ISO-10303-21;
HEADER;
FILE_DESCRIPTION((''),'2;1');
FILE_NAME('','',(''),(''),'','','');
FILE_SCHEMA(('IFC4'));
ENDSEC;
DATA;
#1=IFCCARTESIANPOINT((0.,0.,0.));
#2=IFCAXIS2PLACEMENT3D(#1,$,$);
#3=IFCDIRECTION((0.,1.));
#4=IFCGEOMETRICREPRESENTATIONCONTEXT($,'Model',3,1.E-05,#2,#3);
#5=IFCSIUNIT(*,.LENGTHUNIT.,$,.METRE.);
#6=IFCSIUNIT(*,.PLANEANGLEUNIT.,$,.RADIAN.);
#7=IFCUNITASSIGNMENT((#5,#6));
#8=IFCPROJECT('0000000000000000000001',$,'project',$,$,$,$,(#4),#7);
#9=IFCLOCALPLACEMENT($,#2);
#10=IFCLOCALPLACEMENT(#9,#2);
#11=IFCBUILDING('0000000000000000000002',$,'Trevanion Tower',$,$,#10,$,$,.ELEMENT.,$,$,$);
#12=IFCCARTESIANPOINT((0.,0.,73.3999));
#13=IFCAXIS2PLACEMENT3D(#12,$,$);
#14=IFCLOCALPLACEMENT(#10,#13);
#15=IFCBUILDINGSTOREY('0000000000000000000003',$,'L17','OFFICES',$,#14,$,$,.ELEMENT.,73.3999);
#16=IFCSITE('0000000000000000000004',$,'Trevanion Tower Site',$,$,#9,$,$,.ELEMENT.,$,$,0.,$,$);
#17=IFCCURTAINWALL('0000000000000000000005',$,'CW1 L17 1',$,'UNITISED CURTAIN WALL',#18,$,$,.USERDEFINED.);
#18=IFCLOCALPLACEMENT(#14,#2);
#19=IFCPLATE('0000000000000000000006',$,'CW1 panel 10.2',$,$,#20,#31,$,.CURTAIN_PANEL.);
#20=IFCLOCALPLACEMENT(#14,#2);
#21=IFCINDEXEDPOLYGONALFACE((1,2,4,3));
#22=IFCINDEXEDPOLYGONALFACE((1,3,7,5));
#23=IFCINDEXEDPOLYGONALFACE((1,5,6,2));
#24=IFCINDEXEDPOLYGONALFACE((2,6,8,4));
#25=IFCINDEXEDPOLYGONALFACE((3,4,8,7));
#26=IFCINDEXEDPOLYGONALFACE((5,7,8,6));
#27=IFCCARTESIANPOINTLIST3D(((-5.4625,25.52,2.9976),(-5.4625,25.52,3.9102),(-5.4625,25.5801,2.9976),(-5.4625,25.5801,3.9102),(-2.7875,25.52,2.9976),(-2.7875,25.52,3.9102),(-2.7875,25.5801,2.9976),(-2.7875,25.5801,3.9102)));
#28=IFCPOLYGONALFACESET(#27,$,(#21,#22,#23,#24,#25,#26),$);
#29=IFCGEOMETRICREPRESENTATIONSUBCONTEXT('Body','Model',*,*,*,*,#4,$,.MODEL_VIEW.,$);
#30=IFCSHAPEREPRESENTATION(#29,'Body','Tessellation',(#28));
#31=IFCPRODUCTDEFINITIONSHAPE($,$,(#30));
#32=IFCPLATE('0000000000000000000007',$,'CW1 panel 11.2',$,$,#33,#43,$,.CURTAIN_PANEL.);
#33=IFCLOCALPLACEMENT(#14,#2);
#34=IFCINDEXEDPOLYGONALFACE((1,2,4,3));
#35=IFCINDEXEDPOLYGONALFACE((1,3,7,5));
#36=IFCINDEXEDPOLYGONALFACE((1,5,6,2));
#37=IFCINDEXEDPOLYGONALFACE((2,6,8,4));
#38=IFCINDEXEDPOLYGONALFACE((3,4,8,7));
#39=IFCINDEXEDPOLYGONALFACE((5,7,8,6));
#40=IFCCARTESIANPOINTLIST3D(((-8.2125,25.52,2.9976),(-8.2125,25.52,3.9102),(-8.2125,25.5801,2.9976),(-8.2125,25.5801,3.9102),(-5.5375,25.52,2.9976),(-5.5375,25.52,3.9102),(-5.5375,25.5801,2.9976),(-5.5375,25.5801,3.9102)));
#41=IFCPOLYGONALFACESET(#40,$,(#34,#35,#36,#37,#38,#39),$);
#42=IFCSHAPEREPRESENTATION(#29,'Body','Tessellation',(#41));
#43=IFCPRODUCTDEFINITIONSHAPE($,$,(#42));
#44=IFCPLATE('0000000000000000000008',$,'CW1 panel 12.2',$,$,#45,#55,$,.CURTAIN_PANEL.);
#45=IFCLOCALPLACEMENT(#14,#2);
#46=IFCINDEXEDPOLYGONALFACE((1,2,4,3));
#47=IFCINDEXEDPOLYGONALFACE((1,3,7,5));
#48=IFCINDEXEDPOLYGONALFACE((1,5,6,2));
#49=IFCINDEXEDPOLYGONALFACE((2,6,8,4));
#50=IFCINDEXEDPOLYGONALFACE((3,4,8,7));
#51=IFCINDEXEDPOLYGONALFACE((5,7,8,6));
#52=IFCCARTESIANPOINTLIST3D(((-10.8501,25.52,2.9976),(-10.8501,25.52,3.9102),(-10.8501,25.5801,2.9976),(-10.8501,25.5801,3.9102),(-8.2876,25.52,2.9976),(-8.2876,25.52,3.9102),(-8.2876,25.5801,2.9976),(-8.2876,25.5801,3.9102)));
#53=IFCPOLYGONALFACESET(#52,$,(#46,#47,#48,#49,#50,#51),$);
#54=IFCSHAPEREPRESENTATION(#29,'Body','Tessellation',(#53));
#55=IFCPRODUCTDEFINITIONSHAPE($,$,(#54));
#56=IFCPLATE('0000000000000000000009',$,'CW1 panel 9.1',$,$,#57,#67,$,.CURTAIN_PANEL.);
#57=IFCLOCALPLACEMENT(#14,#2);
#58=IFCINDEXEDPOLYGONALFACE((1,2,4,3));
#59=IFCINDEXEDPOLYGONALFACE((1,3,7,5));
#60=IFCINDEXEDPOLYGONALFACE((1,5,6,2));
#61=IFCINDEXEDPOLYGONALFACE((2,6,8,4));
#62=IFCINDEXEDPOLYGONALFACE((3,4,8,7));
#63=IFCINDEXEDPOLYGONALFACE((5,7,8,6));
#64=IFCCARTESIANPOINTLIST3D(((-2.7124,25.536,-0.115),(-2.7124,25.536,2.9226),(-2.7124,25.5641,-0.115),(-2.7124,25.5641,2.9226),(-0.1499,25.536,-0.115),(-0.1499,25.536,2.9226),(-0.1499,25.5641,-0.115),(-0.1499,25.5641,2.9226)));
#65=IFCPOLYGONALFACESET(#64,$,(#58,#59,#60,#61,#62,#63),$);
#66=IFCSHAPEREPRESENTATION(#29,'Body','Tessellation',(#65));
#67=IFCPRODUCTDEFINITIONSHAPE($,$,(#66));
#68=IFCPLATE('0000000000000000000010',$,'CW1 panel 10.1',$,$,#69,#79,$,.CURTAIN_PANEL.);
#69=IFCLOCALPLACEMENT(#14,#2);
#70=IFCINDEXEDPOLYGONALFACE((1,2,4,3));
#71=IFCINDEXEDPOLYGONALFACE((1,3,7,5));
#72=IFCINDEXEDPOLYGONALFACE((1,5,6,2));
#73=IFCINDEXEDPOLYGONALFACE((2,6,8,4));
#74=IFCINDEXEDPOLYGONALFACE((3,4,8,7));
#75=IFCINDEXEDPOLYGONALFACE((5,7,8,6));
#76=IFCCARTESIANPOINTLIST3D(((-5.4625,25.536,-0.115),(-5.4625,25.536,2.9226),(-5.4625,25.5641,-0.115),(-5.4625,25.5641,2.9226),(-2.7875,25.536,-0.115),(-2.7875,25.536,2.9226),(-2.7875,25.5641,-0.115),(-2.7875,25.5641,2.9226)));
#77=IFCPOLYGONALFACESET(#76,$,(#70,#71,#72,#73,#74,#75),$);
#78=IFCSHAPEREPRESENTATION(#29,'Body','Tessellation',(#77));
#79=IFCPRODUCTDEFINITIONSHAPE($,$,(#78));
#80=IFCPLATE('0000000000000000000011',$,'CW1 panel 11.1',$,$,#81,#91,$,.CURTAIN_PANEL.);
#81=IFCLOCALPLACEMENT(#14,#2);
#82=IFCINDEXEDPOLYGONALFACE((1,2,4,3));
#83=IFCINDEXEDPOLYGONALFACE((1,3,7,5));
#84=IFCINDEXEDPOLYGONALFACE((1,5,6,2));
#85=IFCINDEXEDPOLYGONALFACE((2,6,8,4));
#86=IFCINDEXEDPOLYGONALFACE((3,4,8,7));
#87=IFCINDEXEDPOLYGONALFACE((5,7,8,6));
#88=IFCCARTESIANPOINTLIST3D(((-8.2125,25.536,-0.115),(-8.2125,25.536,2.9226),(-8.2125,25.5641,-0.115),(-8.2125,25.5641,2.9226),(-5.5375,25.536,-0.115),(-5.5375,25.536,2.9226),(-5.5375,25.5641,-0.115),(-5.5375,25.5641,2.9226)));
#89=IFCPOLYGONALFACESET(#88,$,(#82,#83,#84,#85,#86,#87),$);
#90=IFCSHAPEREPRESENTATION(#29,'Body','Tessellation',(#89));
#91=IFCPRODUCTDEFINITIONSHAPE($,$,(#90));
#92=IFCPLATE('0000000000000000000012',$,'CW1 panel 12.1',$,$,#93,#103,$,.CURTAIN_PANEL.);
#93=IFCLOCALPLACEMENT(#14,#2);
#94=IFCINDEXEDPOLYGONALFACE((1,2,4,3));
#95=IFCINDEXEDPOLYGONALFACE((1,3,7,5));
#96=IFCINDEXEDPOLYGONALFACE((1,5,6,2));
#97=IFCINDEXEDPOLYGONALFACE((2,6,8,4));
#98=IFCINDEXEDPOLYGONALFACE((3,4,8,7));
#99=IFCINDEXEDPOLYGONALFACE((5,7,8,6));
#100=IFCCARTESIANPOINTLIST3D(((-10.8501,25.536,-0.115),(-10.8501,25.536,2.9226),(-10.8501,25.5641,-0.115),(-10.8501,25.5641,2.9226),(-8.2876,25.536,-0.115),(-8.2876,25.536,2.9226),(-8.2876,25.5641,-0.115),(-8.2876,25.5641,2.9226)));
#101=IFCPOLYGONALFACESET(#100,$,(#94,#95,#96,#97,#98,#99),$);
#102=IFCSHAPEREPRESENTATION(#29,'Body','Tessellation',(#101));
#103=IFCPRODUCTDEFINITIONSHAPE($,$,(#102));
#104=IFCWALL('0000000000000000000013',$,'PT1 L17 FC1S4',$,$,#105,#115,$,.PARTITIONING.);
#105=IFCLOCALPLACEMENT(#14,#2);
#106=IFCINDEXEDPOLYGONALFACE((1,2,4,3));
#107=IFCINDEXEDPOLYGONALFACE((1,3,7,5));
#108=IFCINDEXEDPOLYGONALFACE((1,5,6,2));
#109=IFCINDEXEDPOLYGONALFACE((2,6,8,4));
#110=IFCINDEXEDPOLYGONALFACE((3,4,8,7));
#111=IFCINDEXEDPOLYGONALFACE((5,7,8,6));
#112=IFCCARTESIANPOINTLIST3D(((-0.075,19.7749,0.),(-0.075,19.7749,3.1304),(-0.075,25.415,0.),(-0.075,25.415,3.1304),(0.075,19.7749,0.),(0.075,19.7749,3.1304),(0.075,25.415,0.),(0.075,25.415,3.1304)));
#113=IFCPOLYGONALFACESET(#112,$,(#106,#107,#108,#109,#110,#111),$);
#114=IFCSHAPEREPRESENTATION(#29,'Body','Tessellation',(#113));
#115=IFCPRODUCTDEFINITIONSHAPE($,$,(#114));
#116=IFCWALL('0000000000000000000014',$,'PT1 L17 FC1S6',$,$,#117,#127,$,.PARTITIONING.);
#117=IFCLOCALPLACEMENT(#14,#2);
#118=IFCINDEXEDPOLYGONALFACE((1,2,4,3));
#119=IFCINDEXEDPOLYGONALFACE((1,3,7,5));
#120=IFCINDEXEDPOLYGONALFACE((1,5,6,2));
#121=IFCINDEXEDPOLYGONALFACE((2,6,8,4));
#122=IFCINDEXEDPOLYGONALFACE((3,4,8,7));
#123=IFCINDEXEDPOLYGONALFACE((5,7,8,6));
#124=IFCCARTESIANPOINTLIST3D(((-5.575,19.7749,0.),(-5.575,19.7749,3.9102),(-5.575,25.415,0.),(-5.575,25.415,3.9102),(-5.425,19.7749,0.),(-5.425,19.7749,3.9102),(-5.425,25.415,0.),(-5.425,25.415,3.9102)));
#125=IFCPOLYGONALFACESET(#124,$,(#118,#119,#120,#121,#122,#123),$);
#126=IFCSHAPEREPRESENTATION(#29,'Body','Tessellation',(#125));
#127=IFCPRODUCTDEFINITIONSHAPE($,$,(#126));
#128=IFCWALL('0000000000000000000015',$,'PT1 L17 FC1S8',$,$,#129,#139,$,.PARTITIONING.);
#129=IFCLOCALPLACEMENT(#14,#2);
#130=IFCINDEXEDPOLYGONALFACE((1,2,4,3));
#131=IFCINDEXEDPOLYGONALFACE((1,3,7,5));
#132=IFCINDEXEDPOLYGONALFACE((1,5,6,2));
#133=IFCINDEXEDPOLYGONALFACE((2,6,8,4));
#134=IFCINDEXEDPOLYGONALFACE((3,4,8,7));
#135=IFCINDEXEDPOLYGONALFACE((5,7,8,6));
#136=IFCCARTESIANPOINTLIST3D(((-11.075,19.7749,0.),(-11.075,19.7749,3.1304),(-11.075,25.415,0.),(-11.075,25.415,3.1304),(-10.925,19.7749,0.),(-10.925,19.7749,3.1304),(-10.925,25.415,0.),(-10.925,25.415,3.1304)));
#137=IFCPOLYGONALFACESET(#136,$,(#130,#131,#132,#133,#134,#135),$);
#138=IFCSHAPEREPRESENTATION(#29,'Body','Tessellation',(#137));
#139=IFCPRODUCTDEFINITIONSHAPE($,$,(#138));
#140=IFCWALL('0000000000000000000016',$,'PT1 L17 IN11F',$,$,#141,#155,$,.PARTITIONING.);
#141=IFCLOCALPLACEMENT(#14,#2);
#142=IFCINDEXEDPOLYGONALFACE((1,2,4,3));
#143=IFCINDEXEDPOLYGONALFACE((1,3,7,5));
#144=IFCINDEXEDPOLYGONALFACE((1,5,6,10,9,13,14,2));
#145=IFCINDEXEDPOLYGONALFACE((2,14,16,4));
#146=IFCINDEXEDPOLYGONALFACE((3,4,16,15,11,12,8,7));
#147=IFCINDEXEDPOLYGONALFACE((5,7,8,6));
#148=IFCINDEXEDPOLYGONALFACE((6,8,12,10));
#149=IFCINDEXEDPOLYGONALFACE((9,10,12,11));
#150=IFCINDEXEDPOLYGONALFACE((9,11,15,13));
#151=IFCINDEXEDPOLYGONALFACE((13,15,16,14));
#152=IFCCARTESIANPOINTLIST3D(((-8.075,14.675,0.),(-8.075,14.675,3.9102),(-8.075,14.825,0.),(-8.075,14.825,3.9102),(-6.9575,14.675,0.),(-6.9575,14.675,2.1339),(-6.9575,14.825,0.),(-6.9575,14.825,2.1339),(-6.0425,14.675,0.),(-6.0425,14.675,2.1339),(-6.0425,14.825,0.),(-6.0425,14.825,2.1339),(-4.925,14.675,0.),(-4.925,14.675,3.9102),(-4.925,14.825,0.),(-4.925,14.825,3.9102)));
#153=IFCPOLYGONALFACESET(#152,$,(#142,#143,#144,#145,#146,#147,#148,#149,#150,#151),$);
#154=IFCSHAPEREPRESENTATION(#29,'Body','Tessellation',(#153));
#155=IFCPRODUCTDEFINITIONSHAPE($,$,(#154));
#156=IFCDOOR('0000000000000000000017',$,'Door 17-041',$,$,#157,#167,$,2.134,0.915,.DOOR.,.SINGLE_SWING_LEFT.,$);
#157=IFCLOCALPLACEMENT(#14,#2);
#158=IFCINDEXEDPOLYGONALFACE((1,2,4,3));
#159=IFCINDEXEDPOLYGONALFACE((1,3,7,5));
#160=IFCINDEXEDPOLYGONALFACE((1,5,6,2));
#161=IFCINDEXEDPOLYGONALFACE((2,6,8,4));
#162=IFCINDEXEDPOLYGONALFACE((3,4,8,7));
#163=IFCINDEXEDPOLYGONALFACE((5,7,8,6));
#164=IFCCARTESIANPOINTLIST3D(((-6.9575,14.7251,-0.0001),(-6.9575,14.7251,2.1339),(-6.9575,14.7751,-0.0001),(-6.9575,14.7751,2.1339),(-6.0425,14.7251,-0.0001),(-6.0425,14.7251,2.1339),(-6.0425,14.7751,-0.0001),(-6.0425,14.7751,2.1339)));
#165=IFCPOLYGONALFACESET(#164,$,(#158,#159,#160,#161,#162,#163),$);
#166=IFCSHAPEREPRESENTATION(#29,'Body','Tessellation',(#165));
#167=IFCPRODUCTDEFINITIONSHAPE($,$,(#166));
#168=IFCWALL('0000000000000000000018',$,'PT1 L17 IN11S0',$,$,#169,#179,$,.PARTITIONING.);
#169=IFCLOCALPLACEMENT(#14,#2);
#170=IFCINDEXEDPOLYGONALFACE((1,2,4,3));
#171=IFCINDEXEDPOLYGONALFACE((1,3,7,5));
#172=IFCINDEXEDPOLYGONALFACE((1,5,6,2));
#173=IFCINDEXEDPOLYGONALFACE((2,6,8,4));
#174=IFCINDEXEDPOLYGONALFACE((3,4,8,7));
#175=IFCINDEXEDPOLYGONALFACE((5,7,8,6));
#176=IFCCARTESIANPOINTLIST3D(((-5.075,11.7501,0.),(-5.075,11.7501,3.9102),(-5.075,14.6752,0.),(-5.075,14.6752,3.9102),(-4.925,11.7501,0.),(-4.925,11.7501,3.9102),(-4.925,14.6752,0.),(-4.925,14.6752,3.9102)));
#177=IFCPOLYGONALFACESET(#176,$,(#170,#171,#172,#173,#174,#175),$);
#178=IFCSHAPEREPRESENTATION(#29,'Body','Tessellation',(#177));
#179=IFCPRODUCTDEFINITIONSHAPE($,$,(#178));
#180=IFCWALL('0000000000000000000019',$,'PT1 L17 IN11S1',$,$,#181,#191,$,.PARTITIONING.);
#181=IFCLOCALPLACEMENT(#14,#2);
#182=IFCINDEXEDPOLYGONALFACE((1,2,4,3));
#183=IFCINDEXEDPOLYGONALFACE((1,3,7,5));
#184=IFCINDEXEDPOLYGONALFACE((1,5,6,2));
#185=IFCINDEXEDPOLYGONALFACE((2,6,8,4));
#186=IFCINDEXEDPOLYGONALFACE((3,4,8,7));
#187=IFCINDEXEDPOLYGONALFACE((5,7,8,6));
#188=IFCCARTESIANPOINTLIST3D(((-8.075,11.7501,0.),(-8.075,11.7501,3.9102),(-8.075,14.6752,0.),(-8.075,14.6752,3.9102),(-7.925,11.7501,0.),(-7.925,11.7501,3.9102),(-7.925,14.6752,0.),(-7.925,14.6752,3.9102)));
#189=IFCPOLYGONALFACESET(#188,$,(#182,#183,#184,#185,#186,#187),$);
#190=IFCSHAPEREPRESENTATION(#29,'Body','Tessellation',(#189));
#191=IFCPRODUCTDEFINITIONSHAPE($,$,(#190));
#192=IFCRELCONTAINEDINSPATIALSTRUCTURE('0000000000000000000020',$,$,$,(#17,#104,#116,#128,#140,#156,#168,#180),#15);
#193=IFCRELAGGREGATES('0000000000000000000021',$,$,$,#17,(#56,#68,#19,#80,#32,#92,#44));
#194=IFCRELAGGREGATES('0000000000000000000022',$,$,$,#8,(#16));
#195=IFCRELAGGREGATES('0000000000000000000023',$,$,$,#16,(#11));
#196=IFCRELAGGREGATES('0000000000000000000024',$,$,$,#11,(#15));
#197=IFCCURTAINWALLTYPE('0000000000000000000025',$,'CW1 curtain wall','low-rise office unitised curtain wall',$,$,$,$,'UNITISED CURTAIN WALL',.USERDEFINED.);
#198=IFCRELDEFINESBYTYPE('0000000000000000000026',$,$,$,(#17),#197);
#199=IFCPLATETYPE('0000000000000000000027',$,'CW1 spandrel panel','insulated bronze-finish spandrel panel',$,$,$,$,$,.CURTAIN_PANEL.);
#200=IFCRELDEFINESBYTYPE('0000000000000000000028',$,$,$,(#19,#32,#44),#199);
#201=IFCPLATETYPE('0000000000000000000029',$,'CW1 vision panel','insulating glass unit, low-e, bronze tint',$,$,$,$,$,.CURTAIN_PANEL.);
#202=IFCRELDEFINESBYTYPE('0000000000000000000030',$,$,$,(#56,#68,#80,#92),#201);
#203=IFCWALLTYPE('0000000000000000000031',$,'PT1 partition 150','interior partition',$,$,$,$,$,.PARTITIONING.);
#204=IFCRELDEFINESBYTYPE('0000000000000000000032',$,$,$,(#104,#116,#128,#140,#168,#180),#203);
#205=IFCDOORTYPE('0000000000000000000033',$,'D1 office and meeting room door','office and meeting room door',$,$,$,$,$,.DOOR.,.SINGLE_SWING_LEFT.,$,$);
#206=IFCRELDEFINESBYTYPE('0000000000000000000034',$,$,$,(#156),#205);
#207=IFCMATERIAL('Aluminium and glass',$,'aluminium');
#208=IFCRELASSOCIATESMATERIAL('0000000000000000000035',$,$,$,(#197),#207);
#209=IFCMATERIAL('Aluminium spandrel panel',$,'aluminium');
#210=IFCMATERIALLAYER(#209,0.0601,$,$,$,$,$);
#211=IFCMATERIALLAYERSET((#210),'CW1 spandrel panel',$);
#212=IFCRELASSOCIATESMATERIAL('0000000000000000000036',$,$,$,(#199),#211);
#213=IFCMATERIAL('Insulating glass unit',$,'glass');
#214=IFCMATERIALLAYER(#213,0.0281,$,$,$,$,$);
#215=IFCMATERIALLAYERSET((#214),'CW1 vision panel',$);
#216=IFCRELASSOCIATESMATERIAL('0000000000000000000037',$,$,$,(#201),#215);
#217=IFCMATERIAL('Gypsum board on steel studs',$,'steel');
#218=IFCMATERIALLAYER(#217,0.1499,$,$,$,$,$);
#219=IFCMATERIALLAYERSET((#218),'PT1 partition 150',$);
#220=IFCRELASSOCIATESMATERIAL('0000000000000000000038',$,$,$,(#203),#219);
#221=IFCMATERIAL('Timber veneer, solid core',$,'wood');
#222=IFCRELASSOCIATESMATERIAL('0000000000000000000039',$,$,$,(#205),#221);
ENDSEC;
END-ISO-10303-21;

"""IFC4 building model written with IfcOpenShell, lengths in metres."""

from ifc_helpers import new_model, si_unit, direction, frame, frame_2d, origin, origin_2d, place, context, subcontext, project, spatial, rectangle, extrude, material, layer, layer_set, type_object, element, fill, aggregate, save


model = new_model("IFC4")

# Units and contexts
model_context = context("Model", 3, precision=1e-05, world=origin(), true_north=direction((0.0, 1.0)))
body_context = subcontext(model_context, "Body", "Model", "MODEL_VIEW")
ifc_project = project(units=[si_unit("LENGTHUNIT", "METRE"), si_unit("PLANEANGLEUNIT", "RADIAN")], contexts=[model_context])

# Site, building, storey
site_placement = place(None, origin())
site = spatial("IfcSite", under=ifc_project, at=site_placement, Name="Trevanion Tower Site", CompositionType="ELEMENT", RefElevation=0.0)
building_placement = place(site_placement, origin())
building = spatial("IfcBuilding", under=site, at=building_placement, Name="Trevanion Tower", CompositionType="ELEMENT")
storey_placement = place(building_placement, frame((0.0, 0.0, 73.3999)))
storey = spatial("IfcBuildingStorey", under=building, at=storey_placement, Name="L17", Description="OFFICES", CompositionType="ELEMENT", Elevation=73.3999)

# Curtain wall
ifc_material_1 = material(Name="Aluminium and glass", Category="aluminium")
curtain_wall_type = type_object("IfcCurtainWallType", Name="CW1 curtain wall", Description="low-rise office unitised curtain wall", ElementType="UNITISED CURTAIN WALL", PredefinedType="USERDEFINED", material=ifc_material_1)
curtain_wall_placement = place(storey_placement, origin())
curtain_wall = element("IfcCurtainWall", 1, at=curtain_wall_placement, inside=storey, type_object=curtain_wall_type, Name="CW1 L17 1", ObjectType="UNITISED CURTAIN WALL", PredefinedType="USERDEFINED")

# Plates
ifc_material_2 = material(Name="Aluminium spandrel panel", Category="aluminium")
ifc_layer_1 = layer(ifc_material_2, 0.0601)
ifc_layer_set_1 = layer_set([ifc_layer_1], Name="CW1 spandrel panel")
plate_type_1 = type_object("IfcPlateType", Name="CW1 spandrel panel", Description="insulated bronze-finish spandrel panel", PredefinedType="CURTAIN_PANEL", material=ifc_layer_set_1)
plate_1_placement = place(storey_placement, frame((-4.125, 25.55, 2.9976), z_axis=(0.0, 0.0, 1.0), x_axis=(-1.0, 0.0, 0.0)))
plate_1 = element("IfcPlate", 2, at=plate_1_placement, type_object=plate_type_1, Name="CW1 panel 10.2", PredefinedType="CURTAIN_PANEL", context=body_context, shape_type="SweptSolid", body=[
    extrude(rectangle(XDim=2.675, YDim=0.0601, at=origin_2d()), origin(), (0.0, 0.0, 1.0), 0.9126),
])
plate_2_placement = place(storey_placement, frame((-6.875, 25.55, 2.9976), z_axis=(0.0, 0.0, 1.0), x_axis=(-1.0, 0.0, 0.0)))
plate_2 = element("IfcPlate", 3, at=plate_2_placement, type_object=plate_type_1, Name="CW1 panel 11.2", PredefinedType="CURTAIN_PANEL", context=body_context, shape_type="SweptSolid", body=[
    extrude(rectangle(XDim=2.675, YDim=0.0601, at=origin_2d()), origin(), (0.0, 0.0, 1.0), 0.9126),
])
plate_3_placement = place(storey_placement, frame((-9.5688, 25.55, 2.9976), z_axis=(0.0, 0.0, 1.0), x_axis=(-1.0, 0.0, 0.0)))
plate_3 = element("IfcPlate", 4, at=plate_3_placement, type_object=plate_type_1, Name="CW1 panel 12.2", PredefinedType="CURTAIN_PANEL", context=body_context, shape_type="SweptSolid", body=[
    extrude(rectangle(XDim=2.5625, YDim=0.0601, at=origin_2d()), origin(), (0.0, 0.0, 1.0), 0.9126),
])
ifc_material_3 = material(Name="Insulating glass unit", Category="glass")
ifc_layer_2 = layer(ifc_material_3, 0.0281)
ifc_layer_set_2 = layer_set([ifc_layer_2], Name="CW1 vision panel")
plate_type_2 = type_object("IfcPlateType", Name="CW1 vision panel", Description="insulating glass unit, low-e, bronze tint", PredefinedType="CURTAIN_PANEL", material=ifc_layer_set_2)
plate_4_placement = place(storey_placement, frame((-1.4312, 25.55, -0.115), z_axis=(0.0, 0.0, 1.0), x_axis=(-1.0, 0.0, 0.0)))
plate_4 = element("IfcPlate", 5, at=plate_4_placement, type_object=plate_type_2, Name="CW1 panel 9.1", PredefinedType="CURTAIN_PANEL", context=body_context, shape_type="SweptSolid", body=[
    extrude(rectangle(XDim=2.5625, YDim=0.0281, at=origin_2d()), origin(), (0.0, 0.0, 1.0), 3.0376),
])
plate_5_placement = place(storey_placement, frame((-4.125, 25.55, -0.115), z_axis=(0.0, 0.0, 1.0), x_axis=(-1.0, 0.0, 0.0)))
plate_5 = element("IfcPlate", 6, at=plate_5_placement, type_object=plate_type_2, Name="CW1 panel 10.1", PredefinedType="CURTAIN_PANEL", context=body_context, shape_type="SweptSolid", body=[
    extrude(rectangle(XDim=2.675, YDim=0.0281, at=origin_2d()), origin(), (0.0, 0.0, 1.0), 3.0376),
])
plate_6_placement = place(storey_placement, frame((-6.875, 25.55, -0.115), z_axis=(0.0, 0.0, 1.0), x_axis=(-1.0, 0.0, 0.0)))
plate_6 = element("IfcPlate", 7, at=plate_6_placement, type_object=plate_type_2, Name="CW1 panel 11.1", PredefinedType="CURTAIN_PANEL", context=body_context, shape_type="SweptSolid", body=[
    extrude(rectangle(XDim=2.675, YDim=0.0281, at=origin_2d()), origin(), (0.0, 0.0, 1.0), 3.0376),
])
plate_7_placement = place(storey_placement, frame((-9.5688, 25.55, -0.115), z_axis=(0.0, 0.0, 1.0), x_axis=(-1.0, 0.0, 0.0)))
plate_7 = element("IfcPlate", 8, at=plate_7_placement, type_object=plate_type_2, Name="CW1 panel 12.1", PredefinedType="CURTAIN_PANEL", context=body_context, shape_type="SweptSolid", body=[
    extrude(rectangle(XDim=2.5625, YDim=0.0281, at=origin_2d()), origin(), (0.0, 0.0, 1.0), 3.0376),
])
aggregate(curtain_wall, [plate_4, plate_5, plate_1, plate_6, plate_2, plate_7, plate_3])

# Walls
ifc_material_4 = material(Name="Gypsum board on steel studs", Category="steel")
ifc_layer_3 = layer(ifc_material_4, 0.1499)
ifc_layer_set_3 = layer_set([ifc_layer_3], Name="PT1 partition 150")
wall_type = type_object("IfcWallType", Name="PT1 partition 150", Description="interior partition", PredefinedType="PARTITIONING", material=ifc_layer_set_3)
wall_1_placement = place(storey_placement, frame((0.0, 19.7749, 0.0), z_axis=(0.0, 0.0, 1.0), x_axis=(0.0, 1.0, 0.0)))
element("IfcWall", 9, at=wall_1_placement, inside=storey, type_object=wall_type, Name="PT1 L17 FC1S4", PredefinedType="PARTITIONING", context=body_context, shape_type="SweptSolid", body=[
    extrude(rectangle(XDim=5.6401, YDim=0.1499, at=frame_2d((2.8201, 0.0))), origin(), (0.0, 0.0, 1.0), 3.1304),
])
wall_2_placement = place(storey_placement, frame((-5.5, 19.7749, 0.0), z_axis=(0.0, 0.0, 1.0), x_axis=(0.0, 1.0, 0.0)))
element("IfcWall", 10, at=wall_2_placement, inside=storey, type_object=wall_type, Name="PT1 L17 FC1S6", PredefinedType="PARTITIONING", context=body_context, shape_type="SweptSolid", body=[
    extrude(rectangle(XDim=5.6401, YDim=0.1499, at=frame_2d((2.8201, 0.0))), origin(), (0.0, 0.0, 1.0), 3.9102),
])
wall_3_placement = place(storey_placement, frame((-11.0, 19.7749, 0.0), z_axis=(0.0, 0.0, 1.0), x_axis=(0.0, 1.0, 0.0)))
element("IfcWall", 11, at=wall_3_placement, inside=storey, type_object=wall_type, Name="PT1 L17 FC1S8", PredefinedType="PARTITIONING", context=body_context, shape_type="SweptSolid", body=[
    extrude(rectangle(XDim=5.6401, YDim=0.1499, at=frame_2d((2.8201, 0.0))), origin(), (0.0, 0.0, 1.0), 3.1304),
])

# Wall, opening, door
wall_4_placement = place(storey_placement, frame((-4.925, 14.75, 0.0), z_axis=(0.0, 0.0, 1.0), x_axis=(-1.0, 0.0, 0.0)))
wall_4 = element("IfcWall", 12, at=wall_4_placement, inside=storey, type_object=wall_type, Name="PT1 L17 IN11F", PredefinedType="PARTITIONING", context=body_context, shape_type="SweptSolid", body=[
    extrude(rectangle(XDim=3.1499, YDim=0.1499, at=frame_2d((1.575, 0.0))), origin(), (0.0, 0.0, 1.0), 3.9102),
])
opening_placement = place(wall_4_placement, frame((1.1174, 0.0, 0.0)))
opening = element("IfcOpeningElement", 13, at=opening_placement, cuts=wall_4, PredefinedType="OPENING", context=body_context, shape_type="SweptSolid", body=[
    extrude(rectangle(XDim=0.915, YDim=2.134, at=frame_2d((0.4575, 1.0669))), frame((0.0, 0.085, 0.0), z_axis=(0.0, -1.0, 0.0), x_axis=(1.0, 0.0, 0.0)), (0.0, 0.0, 1.0), 0.1699),
])
ifc_material_5 = material(Name="Timber veneer, solid core", Category="wood")
door_type = type_object("IfcDoorType", Name="D1 office and meeting room door", Description="office and meeting room door", OperationType="SINGLE_SWING_LEFT", PredefinedType="DOOR", material=ifc_material_5)
door_placement = place(opening_placement, origin())
door = element("IfcDoor", 14, at=door_placement, inside=storey, type_object=door_type, Name="Door 17-041", OperationType="SINGLE_SWING_LEFT", OverallHeight=2.134, OverallWidth=0.915, PredefinedType="DOOR", context=body_context, shape_type="SweptSolid", body=[
    extrude(rectangle(XDim=0.915, YDim=2.134, at=frame_2d((0.4575, 1.0669))), frame((0.0, 0.0249, 0.0), z_axis=(0.0, -1.0, 0.0), x_axis=(1.0, 0.0, 0.0)), (0.0, 0.0, 1.0), 0.05),
])
fill(opening, door)

# Walls
for number, where, z_axis, x_axis, name in (
    (15, (-5.0, 14.675, 0.0), (0.0, 0.0, 1.0), (0.0, -1.0, 0.0), "PT1 L17 IN11S0"),
    (16, (-8.0, 14.675, 0.0), (0.0, 0.0, 1.0), (0.0, -1.0, 0.0), "PT1 L17 IN11S1"),
):
    element("IfcWall", number, at=place(storey_placement, frame(where, z_axis=z_axis, x_axis=x_axis)), inside=storey, type_object=wall_type, Name=name, PredefinedType="PARTITIONING", context=body_context, shape_type="SweptSolid", body=[
        extrude(rectangle(XDim=2.925, YDim=0.1499, at=frame_2d((1.4624, 0.0))), origin(), (0.0, 0.0, 1.0), 3.9102),
    ])

save(model, "model.ifc")
